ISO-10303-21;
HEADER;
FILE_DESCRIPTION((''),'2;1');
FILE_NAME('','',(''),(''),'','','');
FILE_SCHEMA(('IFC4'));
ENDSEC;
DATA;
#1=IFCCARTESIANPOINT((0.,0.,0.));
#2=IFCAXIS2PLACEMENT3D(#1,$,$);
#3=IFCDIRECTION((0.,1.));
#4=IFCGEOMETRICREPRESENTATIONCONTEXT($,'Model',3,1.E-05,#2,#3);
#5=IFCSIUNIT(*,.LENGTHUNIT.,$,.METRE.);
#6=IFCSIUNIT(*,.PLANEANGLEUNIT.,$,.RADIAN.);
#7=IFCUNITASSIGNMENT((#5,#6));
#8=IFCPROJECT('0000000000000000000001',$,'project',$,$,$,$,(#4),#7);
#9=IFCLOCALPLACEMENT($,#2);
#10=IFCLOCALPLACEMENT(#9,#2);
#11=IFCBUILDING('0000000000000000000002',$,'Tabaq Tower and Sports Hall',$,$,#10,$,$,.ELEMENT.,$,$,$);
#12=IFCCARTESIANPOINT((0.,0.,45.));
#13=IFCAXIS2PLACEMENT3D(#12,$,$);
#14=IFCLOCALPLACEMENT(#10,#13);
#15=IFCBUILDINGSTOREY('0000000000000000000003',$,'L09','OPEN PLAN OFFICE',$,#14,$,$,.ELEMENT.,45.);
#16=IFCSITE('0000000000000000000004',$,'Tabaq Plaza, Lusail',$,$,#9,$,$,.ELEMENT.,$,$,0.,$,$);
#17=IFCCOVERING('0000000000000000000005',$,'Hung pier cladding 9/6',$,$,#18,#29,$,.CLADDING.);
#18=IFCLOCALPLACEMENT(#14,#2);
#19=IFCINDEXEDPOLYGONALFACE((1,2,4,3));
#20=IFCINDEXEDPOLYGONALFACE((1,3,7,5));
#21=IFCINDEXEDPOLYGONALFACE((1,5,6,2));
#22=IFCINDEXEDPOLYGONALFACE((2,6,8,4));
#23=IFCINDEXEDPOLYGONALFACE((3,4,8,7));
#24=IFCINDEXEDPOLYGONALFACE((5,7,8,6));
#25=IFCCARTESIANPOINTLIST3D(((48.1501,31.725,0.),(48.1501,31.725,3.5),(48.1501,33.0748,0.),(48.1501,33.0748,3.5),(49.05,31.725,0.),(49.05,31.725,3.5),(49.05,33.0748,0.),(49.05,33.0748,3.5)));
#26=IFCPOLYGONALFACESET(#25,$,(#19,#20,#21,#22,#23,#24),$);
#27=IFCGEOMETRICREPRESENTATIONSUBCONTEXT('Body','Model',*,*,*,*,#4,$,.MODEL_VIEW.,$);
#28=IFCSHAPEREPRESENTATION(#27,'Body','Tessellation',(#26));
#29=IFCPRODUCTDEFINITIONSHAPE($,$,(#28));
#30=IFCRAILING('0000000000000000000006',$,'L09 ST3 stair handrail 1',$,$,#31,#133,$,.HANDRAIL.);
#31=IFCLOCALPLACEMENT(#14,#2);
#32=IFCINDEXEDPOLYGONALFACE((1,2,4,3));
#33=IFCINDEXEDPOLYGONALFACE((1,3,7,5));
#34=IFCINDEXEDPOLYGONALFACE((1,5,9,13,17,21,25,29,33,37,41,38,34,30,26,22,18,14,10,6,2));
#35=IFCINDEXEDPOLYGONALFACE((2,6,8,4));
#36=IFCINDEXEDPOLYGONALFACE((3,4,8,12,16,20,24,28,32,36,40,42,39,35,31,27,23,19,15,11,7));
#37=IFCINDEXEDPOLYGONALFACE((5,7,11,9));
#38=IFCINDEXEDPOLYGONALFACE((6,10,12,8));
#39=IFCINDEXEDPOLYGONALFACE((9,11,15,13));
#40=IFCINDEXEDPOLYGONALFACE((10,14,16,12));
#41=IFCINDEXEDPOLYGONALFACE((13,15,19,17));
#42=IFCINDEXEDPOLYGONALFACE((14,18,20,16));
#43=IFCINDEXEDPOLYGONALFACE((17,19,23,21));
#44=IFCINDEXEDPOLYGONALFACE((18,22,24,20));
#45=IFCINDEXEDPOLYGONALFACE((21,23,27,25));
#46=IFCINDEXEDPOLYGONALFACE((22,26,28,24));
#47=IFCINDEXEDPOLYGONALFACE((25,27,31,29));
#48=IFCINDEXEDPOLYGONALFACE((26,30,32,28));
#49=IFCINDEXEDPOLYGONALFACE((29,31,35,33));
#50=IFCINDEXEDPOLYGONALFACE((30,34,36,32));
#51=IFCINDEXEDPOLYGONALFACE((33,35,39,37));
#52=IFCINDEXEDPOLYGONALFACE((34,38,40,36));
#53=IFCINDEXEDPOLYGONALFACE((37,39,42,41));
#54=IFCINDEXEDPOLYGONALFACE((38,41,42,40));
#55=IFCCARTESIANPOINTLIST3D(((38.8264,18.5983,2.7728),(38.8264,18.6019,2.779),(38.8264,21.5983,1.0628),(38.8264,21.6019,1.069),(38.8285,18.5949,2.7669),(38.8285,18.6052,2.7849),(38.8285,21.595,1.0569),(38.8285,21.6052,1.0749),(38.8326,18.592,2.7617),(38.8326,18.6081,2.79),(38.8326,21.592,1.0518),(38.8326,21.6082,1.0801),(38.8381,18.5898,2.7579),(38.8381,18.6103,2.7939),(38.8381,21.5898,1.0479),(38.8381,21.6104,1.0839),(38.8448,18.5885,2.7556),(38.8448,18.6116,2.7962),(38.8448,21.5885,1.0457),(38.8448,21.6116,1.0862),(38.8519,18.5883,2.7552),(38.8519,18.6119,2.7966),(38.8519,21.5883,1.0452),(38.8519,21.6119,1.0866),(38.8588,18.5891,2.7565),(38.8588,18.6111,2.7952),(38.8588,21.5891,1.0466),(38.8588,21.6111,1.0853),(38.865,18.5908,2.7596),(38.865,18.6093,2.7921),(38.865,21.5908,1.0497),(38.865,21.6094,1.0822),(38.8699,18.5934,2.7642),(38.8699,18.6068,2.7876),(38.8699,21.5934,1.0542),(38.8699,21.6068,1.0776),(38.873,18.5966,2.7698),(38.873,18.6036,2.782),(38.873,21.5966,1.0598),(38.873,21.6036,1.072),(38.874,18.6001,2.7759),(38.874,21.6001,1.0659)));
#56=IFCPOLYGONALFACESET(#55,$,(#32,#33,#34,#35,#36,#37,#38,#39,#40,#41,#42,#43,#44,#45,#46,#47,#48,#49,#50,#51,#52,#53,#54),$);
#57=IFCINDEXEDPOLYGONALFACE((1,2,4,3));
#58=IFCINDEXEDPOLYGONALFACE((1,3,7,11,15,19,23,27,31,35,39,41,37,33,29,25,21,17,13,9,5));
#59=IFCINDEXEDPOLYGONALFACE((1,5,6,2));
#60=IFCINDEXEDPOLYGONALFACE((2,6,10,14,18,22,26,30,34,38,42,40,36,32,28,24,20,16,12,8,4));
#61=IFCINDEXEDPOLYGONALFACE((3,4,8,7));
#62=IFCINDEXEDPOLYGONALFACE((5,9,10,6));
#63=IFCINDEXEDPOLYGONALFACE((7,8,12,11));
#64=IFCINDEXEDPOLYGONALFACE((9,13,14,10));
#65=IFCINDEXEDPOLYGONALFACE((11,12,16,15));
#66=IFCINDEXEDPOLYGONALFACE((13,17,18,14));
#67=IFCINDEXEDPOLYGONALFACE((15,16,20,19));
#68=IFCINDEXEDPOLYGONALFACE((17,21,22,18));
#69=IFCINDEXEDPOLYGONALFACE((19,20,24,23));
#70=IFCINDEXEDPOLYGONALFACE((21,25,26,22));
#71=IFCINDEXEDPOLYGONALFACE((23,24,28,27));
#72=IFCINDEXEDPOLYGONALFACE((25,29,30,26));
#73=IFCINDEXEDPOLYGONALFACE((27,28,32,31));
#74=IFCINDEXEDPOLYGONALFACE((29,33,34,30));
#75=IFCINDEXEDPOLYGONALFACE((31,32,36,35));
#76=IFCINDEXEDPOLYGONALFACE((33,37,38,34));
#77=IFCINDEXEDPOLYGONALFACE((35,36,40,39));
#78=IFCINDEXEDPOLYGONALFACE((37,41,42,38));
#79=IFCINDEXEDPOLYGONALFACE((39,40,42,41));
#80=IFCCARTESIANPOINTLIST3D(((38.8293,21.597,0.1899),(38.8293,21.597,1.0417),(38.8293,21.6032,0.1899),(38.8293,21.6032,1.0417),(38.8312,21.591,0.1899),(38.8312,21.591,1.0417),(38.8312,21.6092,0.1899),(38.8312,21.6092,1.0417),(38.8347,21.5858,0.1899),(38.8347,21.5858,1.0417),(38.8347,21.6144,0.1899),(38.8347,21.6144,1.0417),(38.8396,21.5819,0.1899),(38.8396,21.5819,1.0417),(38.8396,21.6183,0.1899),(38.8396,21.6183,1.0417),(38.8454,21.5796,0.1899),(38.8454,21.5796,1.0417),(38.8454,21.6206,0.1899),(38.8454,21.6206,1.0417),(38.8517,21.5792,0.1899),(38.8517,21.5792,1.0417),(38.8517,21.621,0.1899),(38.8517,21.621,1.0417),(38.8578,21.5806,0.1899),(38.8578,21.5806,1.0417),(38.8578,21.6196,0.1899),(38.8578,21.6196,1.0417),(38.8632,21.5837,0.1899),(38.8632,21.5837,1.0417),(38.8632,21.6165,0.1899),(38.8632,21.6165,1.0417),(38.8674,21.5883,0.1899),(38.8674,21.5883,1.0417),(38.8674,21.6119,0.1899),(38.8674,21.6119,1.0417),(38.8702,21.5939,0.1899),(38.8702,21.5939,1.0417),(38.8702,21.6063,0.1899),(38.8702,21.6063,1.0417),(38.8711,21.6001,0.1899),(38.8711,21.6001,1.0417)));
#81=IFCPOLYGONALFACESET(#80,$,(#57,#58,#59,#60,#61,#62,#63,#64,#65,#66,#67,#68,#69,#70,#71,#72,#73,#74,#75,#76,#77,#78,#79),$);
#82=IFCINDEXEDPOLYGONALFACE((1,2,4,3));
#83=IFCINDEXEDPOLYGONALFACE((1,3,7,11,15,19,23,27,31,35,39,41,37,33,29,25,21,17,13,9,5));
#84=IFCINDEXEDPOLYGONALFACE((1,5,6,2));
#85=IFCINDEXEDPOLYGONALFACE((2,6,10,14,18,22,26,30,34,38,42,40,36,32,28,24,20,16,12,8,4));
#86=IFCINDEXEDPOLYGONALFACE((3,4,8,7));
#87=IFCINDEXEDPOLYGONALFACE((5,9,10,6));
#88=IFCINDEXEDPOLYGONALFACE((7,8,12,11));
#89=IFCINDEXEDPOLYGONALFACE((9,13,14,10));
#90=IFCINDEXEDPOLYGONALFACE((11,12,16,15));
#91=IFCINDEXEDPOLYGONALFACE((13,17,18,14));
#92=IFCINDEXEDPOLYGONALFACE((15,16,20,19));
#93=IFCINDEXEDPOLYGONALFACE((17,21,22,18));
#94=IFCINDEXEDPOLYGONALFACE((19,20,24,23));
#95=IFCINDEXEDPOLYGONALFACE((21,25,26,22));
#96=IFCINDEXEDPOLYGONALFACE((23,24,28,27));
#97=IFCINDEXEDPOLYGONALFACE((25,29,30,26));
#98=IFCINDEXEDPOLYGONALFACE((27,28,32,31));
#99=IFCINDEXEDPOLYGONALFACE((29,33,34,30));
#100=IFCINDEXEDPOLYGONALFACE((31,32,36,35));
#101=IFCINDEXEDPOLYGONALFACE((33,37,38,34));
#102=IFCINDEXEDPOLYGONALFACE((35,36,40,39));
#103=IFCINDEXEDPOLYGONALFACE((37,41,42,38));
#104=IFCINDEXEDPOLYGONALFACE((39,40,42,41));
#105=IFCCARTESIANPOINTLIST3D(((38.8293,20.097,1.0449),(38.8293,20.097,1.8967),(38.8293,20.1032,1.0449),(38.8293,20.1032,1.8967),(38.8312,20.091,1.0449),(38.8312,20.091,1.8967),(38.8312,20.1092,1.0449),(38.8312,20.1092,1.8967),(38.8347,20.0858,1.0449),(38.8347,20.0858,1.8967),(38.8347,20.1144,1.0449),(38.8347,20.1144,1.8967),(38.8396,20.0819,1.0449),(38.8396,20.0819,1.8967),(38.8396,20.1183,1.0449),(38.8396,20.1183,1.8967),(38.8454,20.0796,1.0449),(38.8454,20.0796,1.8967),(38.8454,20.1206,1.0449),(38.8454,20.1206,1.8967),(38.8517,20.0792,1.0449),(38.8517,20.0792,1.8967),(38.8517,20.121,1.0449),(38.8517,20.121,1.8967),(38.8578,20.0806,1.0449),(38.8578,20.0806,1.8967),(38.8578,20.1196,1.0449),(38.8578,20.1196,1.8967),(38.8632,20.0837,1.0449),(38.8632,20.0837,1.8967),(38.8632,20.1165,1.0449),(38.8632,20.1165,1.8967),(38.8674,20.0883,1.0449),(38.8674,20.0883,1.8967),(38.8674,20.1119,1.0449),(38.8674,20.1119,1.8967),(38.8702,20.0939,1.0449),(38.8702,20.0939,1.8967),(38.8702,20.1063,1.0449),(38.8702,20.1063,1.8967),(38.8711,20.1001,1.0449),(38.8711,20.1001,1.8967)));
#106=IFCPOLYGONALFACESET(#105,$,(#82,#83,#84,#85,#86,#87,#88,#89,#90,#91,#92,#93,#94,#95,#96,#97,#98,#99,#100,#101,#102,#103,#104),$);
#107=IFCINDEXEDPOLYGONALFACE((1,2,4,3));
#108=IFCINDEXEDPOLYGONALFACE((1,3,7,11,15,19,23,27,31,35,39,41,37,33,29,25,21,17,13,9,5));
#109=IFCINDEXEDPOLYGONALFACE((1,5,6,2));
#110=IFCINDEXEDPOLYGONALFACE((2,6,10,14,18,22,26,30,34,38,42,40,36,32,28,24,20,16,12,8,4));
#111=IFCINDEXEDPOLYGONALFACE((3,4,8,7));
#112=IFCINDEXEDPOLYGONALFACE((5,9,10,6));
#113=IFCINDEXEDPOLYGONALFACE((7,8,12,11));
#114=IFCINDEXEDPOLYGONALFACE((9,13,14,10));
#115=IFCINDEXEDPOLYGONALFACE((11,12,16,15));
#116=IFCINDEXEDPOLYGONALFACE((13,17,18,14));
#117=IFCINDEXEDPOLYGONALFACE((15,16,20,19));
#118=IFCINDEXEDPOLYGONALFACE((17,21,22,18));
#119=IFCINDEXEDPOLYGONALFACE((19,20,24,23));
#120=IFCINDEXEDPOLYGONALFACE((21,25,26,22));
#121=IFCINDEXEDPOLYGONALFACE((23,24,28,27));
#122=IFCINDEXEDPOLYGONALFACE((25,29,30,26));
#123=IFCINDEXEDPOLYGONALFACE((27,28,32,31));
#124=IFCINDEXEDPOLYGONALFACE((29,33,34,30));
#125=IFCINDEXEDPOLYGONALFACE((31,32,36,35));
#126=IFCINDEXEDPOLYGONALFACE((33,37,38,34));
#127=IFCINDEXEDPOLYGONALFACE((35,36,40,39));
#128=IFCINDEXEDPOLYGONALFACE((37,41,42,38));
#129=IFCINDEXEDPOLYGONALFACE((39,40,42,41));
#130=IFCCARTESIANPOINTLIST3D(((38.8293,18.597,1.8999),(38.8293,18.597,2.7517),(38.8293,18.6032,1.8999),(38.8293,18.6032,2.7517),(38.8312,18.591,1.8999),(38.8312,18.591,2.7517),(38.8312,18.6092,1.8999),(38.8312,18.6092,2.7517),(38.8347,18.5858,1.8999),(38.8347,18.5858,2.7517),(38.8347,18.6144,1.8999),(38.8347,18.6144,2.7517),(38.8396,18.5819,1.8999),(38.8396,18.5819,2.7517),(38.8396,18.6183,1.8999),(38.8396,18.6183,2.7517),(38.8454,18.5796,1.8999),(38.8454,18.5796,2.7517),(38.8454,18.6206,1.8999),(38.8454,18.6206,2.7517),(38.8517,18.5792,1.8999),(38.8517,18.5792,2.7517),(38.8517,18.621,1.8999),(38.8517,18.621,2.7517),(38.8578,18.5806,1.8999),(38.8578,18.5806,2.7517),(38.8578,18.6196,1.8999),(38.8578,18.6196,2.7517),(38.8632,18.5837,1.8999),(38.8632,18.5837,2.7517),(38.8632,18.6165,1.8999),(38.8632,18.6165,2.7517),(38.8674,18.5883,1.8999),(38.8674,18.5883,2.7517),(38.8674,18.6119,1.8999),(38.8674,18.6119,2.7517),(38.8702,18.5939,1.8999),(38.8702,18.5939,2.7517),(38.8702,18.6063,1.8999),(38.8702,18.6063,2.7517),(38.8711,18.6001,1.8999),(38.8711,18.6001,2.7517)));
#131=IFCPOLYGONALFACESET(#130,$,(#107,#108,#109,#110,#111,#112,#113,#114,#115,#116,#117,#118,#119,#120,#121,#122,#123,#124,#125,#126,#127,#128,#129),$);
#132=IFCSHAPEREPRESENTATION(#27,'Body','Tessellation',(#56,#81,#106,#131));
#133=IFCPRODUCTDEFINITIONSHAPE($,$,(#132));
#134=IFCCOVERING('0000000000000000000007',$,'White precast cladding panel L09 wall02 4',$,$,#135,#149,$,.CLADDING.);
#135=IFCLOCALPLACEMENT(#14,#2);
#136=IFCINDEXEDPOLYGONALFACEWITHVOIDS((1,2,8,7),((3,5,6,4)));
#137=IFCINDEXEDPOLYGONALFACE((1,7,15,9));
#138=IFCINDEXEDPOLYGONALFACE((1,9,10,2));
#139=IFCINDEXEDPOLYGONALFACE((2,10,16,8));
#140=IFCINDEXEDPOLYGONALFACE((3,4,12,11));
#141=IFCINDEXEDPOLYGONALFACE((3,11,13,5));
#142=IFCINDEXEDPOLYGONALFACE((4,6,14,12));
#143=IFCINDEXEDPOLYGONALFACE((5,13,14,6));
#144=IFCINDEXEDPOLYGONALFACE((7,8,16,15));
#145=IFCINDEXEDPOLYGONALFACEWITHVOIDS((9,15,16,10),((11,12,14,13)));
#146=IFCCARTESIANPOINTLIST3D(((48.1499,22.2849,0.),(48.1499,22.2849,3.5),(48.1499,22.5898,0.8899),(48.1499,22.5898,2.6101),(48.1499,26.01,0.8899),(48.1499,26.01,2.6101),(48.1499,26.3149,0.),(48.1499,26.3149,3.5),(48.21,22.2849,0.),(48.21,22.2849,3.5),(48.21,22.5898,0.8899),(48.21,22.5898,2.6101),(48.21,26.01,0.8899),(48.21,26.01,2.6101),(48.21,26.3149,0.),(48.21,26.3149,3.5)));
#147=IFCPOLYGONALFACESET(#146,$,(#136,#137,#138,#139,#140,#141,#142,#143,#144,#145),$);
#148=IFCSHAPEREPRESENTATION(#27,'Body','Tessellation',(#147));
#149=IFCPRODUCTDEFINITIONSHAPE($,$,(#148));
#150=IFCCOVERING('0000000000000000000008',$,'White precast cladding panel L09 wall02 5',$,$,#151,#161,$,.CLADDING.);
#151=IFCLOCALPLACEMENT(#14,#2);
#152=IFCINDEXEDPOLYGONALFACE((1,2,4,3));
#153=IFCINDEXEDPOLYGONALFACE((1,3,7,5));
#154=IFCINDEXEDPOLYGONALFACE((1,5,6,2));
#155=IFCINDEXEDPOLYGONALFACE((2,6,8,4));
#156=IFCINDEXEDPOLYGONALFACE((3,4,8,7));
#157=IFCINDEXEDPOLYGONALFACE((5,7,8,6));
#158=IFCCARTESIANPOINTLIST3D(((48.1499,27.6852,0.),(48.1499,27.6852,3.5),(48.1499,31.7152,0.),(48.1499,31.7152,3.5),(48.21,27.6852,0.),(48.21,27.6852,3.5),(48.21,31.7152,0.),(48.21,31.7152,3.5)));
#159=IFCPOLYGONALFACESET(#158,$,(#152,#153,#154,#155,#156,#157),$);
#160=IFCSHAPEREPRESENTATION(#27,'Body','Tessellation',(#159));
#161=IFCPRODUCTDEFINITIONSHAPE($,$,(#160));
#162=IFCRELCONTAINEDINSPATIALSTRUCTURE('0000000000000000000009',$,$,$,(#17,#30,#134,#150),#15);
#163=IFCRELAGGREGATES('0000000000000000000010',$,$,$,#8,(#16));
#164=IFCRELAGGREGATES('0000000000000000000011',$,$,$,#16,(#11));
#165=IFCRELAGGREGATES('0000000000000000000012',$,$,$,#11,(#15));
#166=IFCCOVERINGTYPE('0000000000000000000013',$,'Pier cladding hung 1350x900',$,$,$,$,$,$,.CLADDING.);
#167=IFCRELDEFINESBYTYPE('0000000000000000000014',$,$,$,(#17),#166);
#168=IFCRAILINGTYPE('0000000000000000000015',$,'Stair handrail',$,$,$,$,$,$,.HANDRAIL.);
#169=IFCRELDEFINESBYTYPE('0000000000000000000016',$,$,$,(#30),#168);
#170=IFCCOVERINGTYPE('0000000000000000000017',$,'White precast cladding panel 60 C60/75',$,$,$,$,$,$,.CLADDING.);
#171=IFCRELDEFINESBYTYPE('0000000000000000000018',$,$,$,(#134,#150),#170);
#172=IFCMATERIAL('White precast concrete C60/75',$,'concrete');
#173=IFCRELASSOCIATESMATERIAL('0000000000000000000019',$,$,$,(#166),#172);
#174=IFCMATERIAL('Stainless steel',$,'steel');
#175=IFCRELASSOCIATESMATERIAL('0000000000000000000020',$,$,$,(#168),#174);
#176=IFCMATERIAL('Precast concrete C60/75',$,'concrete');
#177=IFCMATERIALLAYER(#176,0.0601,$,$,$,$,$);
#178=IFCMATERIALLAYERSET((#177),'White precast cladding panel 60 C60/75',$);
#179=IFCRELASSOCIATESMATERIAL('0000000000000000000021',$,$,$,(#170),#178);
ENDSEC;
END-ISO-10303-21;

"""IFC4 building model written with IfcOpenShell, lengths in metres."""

from ifc_helpers import new_model, si_unit, direction, frame, frame_2d, origin, origin_2d, place, context, subcontext, project, spatial, polyline, rectangle, circle, outline, extrude, material, layer, layer_set, type_object, element, save


model = new_model("IFC4")

# Units and contexts
model_context = context("Model", 3, precision=1e-05, world=origin(), true_north=direction((0.0, 1.0)))
body_context = subcontext(model_context, "Body", "Model", "MODEL_VIEW")
ifc_project = project(units=[si_unit("LENGTHUNIT", "METRE"), si_unit("PLANEANGLEUNIT", "RADIAN")], contexts=[model_context])

# Site, building, storey
site_placement = place(None, origin())
site = spatial("IfcSite", under=ifc_project, at=site_placement, Name="Tabaq Plaza, Lusail", CompositionType="ELEMENT", RefElevation=0.0)
building_placement = place(site_placement, origin())
building = spatial("IfcBuilding", under=site, at=building_placement, Name="Tabaq Tower and Sports Hall", CompositionType="ELEMENT")
storey_placement = place(building_placement, frame((0.0, 0.0, 45.0)))
storey = spatial("IfcBuildingStorey", under=building, at=storey_placement, Name="L09", Description="OPEN PLAN OFFICE", CompositionType="ELEMENT", Elevation=45.0)

# Covering
ifc_material_1 = material(Name="White precast concrete C60/75", Category="concrete")
covering_type_1 = type_object("IfcCoveringType", Name="Pier cladding hung 1350x900", PredefinedType="CLADDING", material=ifc_material_1)
covering_1_placement = place(storey_placement, frame((48.6001, 31.7251, 0.0), z_axis=(0.0, 0.0, 1.0), x_axis=(0.0, 1.0, 0.0)))
element("IfcCovering", 1, at=covering_1_placement, inside=storey, type_object=covering_type_1, Name="Hung pier cladding 9/6", PredefinedType="CLADDING", context=body_context, shape_type="SweptSolid", body=[
    extrude(rectangle(XDim=1.3499, YDim=0.8999, at=frame_2d((0.6748, 0.0))), origin(), (0.0, 0.0, 1.0), 3.5),
])

# Railing
ifc_material_2 = material(Name="Stainless steel", Category="steel")
railing_type_1 = type_object("IfcRailingType", Name="Stair handrail", PredefinedType="HANDRAIL", material=ifc_material_2)
railing_1_placement = place(storey_placement, frame((38.8501, 21.6001, 0.1899)))
element("IfcRailing", 2, at=railing_1_placement, inside=storey, type_object=railing_type_1, Name="L09 ST3 stair handrail 1", PredefinedType="HANDRAIL", context=body_context, shape_type="SweptSolid", body=[
    extrude(circle(Radius=0.0239, at=origin_2d()), frame((0.0, 0.0, 0.876), z_axis=(0.0, -0.868782, 0.495195), x_axis=(1.0, 0.0, 0.0)), (0.0, 0.0, 1.0), 3.4531),
    extrude(circle(Radius=0.021, at=origin_2d()), origin(), (0.0, 0.0, 1.0), 0.8518),
    extrude(circle(Radius=0.021, at=origin_2d()), frame((0.0, -1.5, 0.855)), (0.0, 0.0, 1.0), 0.8518),
    extrude(circle(Radius=0.021, at=origin_2d()), frame((0.0, -3.0, 1.71)), (0.0, 0.0, 1.0), 0.8518),
])

# Coverings
ifc_material_3 = material(Name="Precast concrete C60/75", Category="concrete")
ifc_layer_1 = layer(ifc_material_3, 0.0601)
ifc_layer_set_1 = layer_set([ifc_layer_1], Name="White precast cladding panel 60 C60/75")
covering_type_2 = type_object("IfcCoveringType", Name="White precast cladding panel 60 C60/75", PredefinedType="CLADDING", material=ifc_layer_set_1)
covering_2_placement = place(storey_placement, frame((48.1799, 22.2849, 0.0), z_axis=(0.0, 0.0, 1.0), x_axis=(0.0, 1.0, 0.0)))
element("IfcCovering", 3, at=covering_2_placement, inside=storey, type_object=covering_type_2, Name="White precast cladding panel L09 wall02 4", PredefinedType="CLADDING", context=body_context, shape_type="SweptSolid", body=[
    extrude(outline(polyline([(0.0, 0.0), (4.03, 0.0), (4.03, 3.5), (0.0, 3.5), (0.0, 0.0)]), holes=[polyline([(0.3049, 0.8899), (0.3049, 2.6101), (3.7251, 2.6101), (3.7251, 0.8899), (0.3049, 0.8899)])]), frame((0.0, 0.03, 0.0), z_axis=(0.0, -1.0, 0.0), x_axis=(1.0, 0.0, 0.0)), (0.0, 0.0, 1.0), 0.0601),
])
covering_3_placement = place(storey_placement, frame((48.1799, 27.6851, 0.0), z_axis=(0.0, 0.0, 1.0), x_axis=(0.0, 1.0, 0.0)))
element("IfcCovering", 4, at=covering_3_placement, inside=storey, type_object=covering_type_2, Name="White precast cladding panel L09 wall02 5", PredefinedType="CLADDING", context=body_context, shape_type="SweptSolid", body=[
    extrude(rectangle(XDim=4.03, YDim=0.0601, at=frame_2d((2.0151, 0.0))), origin(), (0.0, 0.0, 1.0), 3.5),
])

save(model, "model.ifc")
